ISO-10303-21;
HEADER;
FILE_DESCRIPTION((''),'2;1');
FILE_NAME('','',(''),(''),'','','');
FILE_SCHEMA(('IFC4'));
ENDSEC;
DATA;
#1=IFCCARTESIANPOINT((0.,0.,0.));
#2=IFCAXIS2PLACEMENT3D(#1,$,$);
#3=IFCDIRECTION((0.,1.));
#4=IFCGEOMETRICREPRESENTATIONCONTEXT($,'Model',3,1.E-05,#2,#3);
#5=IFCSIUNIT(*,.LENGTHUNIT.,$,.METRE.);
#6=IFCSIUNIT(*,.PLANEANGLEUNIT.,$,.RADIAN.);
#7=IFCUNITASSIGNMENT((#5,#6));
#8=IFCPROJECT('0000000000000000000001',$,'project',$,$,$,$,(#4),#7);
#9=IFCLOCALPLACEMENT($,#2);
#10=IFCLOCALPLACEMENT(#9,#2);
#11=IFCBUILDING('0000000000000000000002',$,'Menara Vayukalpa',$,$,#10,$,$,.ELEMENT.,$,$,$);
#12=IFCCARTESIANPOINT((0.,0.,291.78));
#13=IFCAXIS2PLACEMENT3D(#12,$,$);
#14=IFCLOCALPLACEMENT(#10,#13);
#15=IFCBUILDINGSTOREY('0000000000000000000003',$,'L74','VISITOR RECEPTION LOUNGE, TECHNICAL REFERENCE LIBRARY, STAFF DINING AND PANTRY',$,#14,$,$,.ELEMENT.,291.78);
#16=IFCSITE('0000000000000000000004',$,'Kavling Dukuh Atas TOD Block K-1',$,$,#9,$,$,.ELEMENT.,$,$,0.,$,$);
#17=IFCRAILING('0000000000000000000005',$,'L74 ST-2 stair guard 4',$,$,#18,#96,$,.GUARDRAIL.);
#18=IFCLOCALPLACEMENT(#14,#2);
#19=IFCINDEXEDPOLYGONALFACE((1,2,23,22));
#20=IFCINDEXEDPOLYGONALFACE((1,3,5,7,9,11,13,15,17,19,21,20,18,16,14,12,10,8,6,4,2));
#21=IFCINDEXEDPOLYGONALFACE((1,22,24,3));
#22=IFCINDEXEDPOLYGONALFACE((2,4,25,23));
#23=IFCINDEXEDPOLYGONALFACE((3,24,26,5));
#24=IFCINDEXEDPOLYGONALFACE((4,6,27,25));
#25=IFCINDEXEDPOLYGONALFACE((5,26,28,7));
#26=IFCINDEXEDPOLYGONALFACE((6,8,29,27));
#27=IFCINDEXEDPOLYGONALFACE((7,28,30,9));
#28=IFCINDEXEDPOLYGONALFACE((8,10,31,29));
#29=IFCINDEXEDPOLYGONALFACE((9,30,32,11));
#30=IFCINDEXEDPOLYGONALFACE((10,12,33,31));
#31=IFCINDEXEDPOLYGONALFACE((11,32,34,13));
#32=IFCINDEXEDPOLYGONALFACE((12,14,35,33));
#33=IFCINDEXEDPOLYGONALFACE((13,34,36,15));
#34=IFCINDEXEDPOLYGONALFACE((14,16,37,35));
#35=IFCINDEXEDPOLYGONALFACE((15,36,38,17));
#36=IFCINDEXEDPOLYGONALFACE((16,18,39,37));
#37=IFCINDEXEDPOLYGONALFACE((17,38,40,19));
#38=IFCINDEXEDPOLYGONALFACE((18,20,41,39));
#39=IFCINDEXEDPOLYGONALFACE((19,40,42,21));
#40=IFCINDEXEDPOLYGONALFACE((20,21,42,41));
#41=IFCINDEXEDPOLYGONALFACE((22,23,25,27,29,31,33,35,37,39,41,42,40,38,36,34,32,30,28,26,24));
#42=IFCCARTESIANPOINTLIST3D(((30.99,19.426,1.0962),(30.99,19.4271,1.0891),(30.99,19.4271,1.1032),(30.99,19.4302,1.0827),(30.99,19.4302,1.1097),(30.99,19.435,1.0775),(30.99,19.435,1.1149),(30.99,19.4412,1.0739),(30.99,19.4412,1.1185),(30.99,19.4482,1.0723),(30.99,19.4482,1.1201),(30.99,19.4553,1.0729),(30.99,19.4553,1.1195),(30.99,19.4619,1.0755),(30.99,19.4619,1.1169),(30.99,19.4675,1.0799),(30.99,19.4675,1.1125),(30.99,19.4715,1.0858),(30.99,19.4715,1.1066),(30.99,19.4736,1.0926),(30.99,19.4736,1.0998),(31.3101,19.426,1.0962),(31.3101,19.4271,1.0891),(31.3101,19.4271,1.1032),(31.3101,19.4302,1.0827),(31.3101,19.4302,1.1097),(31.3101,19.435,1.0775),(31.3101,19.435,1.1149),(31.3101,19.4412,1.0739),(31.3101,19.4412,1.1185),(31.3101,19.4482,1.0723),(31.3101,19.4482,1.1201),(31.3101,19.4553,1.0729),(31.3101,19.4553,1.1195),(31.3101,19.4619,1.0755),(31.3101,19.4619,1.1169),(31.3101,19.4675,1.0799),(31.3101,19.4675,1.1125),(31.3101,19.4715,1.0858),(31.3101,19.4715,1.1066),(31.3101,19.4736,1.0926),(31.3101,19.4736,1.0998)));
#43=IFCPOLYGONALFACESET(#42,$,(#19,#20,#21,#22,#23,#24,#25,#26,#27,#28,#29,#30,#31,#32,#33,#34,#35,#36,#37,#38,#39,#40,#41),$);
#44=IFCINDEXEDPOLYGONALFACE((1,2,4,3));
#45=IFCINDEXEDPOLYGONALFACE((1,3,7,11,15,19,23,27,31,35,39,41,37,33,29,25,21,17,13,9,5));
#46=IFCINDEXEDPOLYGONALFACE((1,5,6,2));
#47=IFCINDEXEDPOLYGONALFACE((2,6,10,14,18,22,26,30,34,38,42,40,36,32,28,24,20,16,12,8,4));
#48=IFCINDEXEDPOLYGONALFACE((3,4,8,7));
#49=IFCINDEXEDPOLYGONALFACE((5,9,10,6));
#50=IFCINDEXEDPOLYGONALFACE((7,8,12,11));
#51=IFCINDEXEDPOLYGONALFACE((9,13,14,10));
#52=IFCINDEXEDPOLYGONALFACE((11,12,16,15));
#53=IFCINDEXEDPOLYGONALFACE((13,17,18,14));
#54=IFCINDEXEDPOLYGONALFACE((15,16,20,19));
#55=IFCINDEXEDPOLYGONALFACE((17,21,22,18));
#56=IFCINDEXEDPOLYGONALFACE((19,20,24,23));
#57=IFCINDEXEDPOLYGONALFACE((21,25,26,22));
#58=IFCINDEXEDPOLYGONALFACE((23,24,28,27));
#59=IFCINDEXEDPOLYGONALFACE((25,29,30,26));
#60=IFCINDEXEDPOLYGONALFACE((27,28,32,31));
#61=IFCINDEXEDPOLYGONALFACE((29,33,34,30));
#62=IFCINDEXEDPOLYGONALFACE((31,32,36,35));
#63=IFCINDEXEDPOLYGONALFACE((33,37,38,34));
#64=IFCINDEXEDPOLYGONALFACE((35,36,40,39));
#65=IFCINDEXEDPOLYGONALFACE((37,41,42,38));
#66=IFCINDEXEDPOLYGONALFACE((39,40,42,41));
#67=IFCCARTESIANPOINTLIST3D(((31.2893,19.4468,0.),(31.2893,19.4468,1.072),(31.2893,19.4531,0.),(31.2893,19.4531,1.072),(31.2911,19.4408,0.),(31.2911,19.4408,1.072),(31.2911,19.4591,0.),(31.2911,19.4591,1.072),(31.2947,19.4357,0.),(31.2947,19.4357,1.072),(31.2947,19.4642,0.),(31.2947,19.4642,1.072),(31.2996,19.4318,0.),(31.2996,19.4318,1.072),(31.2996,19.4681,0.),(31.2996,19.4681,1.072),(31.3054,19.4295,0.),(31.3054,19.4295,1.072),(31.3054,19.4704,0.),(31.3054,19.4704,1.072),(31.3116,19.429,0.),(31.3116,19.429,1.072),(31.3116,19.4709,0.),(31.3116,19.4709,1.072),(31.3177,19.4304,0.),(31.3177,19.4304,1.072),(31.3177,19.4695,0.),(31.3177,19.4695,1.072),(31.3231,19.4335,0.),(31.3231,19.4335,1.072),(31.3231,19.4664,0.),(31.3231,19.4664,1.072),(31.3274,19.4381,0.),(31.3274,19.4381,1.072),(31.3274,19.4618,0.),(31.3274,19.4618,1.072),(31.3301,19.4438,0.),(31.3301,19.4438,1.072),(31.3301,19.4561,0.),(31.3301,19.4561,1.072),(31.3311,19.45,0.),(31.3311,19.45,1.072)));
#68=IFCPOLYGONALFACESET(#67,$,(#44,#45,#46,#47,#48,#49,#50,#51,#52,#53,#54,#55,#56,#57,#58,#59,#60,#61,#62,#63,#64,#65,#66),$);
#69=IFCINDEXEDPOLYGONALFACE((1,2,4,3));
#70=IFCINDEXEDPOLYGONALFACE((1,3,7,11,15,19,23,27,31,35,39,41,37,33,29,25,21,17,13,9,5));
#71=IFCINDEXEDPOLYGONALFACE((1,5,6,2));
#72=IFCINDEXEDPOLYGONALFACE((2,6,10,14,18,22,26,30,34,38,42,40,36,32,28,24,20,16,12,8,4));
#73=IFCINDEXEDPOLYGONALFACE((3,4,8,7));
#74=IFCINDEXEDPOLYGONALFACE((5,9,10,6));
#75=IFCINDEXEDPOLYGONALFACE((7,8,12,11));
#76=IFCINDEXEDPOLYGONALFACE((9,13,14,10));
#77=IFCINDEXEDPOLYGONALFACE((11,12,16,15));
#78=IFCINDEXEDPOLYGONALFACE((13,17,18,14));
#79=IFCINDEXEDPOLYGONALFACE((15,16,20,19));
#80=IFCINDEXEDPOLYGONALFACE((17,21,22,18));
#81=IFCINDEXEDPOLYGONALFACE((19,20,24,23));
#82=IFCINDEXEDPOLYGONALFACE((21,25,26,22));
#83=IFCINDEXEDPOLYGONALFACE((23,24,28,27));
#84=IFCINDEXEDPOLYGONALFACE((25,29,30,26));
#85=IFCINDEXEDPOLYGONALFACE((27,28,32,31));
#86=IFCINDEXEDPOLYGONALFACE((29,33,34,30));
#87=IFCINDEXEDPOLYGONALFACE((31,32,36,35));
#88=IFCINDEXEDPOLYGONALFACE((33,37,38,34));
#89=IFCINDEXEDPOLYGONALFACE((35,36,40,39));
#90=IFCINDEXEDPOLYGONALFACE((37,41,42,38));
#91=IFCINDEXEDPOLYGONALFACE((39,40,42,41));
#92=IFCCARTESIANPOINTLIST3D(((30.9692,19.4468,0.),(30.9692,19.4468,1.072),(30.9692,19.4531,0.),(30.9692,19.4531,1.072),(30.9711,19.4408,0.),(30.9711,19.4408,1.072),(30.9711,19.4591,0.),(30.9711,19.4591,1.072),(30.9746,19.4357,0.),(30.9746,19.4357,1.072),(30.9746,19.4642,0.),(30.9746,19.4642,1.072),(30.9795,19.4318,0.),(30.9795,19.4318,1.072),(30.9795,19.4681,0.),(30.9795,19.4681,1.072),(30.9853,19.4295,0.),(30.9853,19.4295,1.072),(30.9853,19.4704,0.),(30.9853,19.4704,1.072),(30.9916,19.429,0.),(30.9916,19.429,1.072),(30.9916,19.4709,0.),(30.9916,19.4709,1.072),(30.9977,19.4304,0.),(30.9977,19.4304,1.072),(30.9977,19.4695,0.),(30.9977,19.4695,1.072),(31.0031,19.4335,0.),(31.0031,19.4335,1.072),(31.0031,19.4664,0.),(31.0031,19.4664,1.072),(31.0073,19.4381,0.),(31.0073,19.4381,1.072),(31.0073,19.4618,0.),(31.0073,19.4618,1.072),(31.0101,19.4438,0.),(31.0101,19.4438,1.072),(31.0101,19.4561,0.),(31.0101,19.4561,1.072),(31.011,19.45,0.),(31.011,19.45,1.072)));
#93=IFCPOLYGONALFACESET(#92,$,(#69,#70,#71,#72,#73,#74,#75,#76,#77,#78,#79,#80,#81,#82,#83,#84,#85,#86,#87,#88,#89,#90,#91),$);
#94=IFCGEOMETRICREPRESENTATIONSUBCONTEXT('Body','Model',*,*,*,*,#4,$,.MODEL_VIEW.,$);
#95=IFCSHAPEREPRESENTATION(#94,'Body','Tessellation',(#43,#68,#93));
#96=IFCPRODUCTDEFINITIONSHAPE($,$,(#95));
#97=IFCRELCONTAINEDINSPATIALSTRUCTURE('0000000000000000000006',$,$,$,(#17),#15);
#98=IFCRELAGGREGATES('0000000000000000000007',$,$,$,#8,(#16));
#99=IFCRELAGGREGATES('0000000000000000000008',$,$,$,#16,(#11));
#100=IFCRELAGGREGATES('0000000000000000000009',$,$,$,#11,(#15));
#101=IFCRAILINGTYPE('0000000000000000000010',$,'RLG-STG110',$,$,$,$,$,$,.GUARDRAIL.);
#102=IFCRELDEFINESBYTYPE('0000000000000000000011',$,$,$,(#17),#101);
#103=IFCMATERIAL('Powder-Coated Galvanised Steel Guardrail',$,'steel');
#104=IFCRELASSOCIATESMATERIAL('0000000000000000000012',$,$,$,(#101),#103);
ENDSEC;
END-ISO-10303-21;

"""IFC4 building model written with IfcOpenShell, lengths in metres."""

from ifc_helpers import new_model, si_unit, direction, frame, origin, origin_2d, place, context, subcontext, project, spatial, circle, extrude, material, type_object, element, save


model = new_model("IFC4")

# Units and contexts
model_context = context("Model", 3, precision=1e-05, world=origin(), true_north=direction((0.0, 1.0)))
body_context = subcontext(model_context, "Body", "Model", "MODEL_VIEW")
ifc_project = project(units=[si_unit("LENGTHUNIT", "METRE"), si_unit("PLANEANGLEUNIT", "RADIAN")], contexts=[model_context])

# Site, building, storey
site_placement = place(None, origin())
site = spatial("IfcSite", under=ifc_project, at=site_placement, Name="Kavling Dukuh Atas TOD Block K-1", CompositionType="ELEMENT", RefElevation=0.0)
building_placement = place(site_placement, origin())
building = spatial("IfcBuilding", under=site, at=building_placement, Name="Menara Vayukalpa", CompositionType="ELEMENT")
storey_placement = place(building_placement, frame((0.0, 0.0, 291.78)))
storey = spatial("IfcBuildingStorey", under=building, at=storey_placement, Name="L74", Description="VISITOR RECEPTION LOUNGE, TECHNICAL REFERENCE LIBRARY, STAFF DINING AND PANTRY", CompositionType="ELEMENT", Elevation=291.78)

# Railing
ifc_material_1 = material(Name="Powder-Coated Galvanised Steel Guardrail", Category="steel")
railing_type_1 = type_object("IfcRailingType", Name="RLG-STG110", PredefinedType="GUARDRAIL", material=ifc_material_1)
railing_1_placement = place(storey_placement, frame((31.3101, 19.45, 0.0)))
element("IfcRailing", 1, at=railing_1_placement, inside=storey, type_object=railing_type_1, Name="L74 ST-2 stair guard 4", PredefinedType="GUARDRAIL", context=body_context, shape_type="SweptSolid", body=[
    extrude(circle(Radius=0.0239, at=origin_2d()), frame((0.0, 0.0, 1.0962), z_axis=(-1.0, 0.0, 0.0), x_axis=(0.0, -1.0, 0.0)), (0.0, 0.0, 1.0), 0.3201),
    extrude(circle(Radius=0.021, at=origin_2d()), origin(), (0.0, 0.0, 1.0), 1.072),
    extrude(circle(Radius=0.021, at=origin_2d()), frame((-0.3201, 0.0, 0.0)), (0.0, 0.0, 1.0), 1.072),
])

save(model, "model.ifc")
